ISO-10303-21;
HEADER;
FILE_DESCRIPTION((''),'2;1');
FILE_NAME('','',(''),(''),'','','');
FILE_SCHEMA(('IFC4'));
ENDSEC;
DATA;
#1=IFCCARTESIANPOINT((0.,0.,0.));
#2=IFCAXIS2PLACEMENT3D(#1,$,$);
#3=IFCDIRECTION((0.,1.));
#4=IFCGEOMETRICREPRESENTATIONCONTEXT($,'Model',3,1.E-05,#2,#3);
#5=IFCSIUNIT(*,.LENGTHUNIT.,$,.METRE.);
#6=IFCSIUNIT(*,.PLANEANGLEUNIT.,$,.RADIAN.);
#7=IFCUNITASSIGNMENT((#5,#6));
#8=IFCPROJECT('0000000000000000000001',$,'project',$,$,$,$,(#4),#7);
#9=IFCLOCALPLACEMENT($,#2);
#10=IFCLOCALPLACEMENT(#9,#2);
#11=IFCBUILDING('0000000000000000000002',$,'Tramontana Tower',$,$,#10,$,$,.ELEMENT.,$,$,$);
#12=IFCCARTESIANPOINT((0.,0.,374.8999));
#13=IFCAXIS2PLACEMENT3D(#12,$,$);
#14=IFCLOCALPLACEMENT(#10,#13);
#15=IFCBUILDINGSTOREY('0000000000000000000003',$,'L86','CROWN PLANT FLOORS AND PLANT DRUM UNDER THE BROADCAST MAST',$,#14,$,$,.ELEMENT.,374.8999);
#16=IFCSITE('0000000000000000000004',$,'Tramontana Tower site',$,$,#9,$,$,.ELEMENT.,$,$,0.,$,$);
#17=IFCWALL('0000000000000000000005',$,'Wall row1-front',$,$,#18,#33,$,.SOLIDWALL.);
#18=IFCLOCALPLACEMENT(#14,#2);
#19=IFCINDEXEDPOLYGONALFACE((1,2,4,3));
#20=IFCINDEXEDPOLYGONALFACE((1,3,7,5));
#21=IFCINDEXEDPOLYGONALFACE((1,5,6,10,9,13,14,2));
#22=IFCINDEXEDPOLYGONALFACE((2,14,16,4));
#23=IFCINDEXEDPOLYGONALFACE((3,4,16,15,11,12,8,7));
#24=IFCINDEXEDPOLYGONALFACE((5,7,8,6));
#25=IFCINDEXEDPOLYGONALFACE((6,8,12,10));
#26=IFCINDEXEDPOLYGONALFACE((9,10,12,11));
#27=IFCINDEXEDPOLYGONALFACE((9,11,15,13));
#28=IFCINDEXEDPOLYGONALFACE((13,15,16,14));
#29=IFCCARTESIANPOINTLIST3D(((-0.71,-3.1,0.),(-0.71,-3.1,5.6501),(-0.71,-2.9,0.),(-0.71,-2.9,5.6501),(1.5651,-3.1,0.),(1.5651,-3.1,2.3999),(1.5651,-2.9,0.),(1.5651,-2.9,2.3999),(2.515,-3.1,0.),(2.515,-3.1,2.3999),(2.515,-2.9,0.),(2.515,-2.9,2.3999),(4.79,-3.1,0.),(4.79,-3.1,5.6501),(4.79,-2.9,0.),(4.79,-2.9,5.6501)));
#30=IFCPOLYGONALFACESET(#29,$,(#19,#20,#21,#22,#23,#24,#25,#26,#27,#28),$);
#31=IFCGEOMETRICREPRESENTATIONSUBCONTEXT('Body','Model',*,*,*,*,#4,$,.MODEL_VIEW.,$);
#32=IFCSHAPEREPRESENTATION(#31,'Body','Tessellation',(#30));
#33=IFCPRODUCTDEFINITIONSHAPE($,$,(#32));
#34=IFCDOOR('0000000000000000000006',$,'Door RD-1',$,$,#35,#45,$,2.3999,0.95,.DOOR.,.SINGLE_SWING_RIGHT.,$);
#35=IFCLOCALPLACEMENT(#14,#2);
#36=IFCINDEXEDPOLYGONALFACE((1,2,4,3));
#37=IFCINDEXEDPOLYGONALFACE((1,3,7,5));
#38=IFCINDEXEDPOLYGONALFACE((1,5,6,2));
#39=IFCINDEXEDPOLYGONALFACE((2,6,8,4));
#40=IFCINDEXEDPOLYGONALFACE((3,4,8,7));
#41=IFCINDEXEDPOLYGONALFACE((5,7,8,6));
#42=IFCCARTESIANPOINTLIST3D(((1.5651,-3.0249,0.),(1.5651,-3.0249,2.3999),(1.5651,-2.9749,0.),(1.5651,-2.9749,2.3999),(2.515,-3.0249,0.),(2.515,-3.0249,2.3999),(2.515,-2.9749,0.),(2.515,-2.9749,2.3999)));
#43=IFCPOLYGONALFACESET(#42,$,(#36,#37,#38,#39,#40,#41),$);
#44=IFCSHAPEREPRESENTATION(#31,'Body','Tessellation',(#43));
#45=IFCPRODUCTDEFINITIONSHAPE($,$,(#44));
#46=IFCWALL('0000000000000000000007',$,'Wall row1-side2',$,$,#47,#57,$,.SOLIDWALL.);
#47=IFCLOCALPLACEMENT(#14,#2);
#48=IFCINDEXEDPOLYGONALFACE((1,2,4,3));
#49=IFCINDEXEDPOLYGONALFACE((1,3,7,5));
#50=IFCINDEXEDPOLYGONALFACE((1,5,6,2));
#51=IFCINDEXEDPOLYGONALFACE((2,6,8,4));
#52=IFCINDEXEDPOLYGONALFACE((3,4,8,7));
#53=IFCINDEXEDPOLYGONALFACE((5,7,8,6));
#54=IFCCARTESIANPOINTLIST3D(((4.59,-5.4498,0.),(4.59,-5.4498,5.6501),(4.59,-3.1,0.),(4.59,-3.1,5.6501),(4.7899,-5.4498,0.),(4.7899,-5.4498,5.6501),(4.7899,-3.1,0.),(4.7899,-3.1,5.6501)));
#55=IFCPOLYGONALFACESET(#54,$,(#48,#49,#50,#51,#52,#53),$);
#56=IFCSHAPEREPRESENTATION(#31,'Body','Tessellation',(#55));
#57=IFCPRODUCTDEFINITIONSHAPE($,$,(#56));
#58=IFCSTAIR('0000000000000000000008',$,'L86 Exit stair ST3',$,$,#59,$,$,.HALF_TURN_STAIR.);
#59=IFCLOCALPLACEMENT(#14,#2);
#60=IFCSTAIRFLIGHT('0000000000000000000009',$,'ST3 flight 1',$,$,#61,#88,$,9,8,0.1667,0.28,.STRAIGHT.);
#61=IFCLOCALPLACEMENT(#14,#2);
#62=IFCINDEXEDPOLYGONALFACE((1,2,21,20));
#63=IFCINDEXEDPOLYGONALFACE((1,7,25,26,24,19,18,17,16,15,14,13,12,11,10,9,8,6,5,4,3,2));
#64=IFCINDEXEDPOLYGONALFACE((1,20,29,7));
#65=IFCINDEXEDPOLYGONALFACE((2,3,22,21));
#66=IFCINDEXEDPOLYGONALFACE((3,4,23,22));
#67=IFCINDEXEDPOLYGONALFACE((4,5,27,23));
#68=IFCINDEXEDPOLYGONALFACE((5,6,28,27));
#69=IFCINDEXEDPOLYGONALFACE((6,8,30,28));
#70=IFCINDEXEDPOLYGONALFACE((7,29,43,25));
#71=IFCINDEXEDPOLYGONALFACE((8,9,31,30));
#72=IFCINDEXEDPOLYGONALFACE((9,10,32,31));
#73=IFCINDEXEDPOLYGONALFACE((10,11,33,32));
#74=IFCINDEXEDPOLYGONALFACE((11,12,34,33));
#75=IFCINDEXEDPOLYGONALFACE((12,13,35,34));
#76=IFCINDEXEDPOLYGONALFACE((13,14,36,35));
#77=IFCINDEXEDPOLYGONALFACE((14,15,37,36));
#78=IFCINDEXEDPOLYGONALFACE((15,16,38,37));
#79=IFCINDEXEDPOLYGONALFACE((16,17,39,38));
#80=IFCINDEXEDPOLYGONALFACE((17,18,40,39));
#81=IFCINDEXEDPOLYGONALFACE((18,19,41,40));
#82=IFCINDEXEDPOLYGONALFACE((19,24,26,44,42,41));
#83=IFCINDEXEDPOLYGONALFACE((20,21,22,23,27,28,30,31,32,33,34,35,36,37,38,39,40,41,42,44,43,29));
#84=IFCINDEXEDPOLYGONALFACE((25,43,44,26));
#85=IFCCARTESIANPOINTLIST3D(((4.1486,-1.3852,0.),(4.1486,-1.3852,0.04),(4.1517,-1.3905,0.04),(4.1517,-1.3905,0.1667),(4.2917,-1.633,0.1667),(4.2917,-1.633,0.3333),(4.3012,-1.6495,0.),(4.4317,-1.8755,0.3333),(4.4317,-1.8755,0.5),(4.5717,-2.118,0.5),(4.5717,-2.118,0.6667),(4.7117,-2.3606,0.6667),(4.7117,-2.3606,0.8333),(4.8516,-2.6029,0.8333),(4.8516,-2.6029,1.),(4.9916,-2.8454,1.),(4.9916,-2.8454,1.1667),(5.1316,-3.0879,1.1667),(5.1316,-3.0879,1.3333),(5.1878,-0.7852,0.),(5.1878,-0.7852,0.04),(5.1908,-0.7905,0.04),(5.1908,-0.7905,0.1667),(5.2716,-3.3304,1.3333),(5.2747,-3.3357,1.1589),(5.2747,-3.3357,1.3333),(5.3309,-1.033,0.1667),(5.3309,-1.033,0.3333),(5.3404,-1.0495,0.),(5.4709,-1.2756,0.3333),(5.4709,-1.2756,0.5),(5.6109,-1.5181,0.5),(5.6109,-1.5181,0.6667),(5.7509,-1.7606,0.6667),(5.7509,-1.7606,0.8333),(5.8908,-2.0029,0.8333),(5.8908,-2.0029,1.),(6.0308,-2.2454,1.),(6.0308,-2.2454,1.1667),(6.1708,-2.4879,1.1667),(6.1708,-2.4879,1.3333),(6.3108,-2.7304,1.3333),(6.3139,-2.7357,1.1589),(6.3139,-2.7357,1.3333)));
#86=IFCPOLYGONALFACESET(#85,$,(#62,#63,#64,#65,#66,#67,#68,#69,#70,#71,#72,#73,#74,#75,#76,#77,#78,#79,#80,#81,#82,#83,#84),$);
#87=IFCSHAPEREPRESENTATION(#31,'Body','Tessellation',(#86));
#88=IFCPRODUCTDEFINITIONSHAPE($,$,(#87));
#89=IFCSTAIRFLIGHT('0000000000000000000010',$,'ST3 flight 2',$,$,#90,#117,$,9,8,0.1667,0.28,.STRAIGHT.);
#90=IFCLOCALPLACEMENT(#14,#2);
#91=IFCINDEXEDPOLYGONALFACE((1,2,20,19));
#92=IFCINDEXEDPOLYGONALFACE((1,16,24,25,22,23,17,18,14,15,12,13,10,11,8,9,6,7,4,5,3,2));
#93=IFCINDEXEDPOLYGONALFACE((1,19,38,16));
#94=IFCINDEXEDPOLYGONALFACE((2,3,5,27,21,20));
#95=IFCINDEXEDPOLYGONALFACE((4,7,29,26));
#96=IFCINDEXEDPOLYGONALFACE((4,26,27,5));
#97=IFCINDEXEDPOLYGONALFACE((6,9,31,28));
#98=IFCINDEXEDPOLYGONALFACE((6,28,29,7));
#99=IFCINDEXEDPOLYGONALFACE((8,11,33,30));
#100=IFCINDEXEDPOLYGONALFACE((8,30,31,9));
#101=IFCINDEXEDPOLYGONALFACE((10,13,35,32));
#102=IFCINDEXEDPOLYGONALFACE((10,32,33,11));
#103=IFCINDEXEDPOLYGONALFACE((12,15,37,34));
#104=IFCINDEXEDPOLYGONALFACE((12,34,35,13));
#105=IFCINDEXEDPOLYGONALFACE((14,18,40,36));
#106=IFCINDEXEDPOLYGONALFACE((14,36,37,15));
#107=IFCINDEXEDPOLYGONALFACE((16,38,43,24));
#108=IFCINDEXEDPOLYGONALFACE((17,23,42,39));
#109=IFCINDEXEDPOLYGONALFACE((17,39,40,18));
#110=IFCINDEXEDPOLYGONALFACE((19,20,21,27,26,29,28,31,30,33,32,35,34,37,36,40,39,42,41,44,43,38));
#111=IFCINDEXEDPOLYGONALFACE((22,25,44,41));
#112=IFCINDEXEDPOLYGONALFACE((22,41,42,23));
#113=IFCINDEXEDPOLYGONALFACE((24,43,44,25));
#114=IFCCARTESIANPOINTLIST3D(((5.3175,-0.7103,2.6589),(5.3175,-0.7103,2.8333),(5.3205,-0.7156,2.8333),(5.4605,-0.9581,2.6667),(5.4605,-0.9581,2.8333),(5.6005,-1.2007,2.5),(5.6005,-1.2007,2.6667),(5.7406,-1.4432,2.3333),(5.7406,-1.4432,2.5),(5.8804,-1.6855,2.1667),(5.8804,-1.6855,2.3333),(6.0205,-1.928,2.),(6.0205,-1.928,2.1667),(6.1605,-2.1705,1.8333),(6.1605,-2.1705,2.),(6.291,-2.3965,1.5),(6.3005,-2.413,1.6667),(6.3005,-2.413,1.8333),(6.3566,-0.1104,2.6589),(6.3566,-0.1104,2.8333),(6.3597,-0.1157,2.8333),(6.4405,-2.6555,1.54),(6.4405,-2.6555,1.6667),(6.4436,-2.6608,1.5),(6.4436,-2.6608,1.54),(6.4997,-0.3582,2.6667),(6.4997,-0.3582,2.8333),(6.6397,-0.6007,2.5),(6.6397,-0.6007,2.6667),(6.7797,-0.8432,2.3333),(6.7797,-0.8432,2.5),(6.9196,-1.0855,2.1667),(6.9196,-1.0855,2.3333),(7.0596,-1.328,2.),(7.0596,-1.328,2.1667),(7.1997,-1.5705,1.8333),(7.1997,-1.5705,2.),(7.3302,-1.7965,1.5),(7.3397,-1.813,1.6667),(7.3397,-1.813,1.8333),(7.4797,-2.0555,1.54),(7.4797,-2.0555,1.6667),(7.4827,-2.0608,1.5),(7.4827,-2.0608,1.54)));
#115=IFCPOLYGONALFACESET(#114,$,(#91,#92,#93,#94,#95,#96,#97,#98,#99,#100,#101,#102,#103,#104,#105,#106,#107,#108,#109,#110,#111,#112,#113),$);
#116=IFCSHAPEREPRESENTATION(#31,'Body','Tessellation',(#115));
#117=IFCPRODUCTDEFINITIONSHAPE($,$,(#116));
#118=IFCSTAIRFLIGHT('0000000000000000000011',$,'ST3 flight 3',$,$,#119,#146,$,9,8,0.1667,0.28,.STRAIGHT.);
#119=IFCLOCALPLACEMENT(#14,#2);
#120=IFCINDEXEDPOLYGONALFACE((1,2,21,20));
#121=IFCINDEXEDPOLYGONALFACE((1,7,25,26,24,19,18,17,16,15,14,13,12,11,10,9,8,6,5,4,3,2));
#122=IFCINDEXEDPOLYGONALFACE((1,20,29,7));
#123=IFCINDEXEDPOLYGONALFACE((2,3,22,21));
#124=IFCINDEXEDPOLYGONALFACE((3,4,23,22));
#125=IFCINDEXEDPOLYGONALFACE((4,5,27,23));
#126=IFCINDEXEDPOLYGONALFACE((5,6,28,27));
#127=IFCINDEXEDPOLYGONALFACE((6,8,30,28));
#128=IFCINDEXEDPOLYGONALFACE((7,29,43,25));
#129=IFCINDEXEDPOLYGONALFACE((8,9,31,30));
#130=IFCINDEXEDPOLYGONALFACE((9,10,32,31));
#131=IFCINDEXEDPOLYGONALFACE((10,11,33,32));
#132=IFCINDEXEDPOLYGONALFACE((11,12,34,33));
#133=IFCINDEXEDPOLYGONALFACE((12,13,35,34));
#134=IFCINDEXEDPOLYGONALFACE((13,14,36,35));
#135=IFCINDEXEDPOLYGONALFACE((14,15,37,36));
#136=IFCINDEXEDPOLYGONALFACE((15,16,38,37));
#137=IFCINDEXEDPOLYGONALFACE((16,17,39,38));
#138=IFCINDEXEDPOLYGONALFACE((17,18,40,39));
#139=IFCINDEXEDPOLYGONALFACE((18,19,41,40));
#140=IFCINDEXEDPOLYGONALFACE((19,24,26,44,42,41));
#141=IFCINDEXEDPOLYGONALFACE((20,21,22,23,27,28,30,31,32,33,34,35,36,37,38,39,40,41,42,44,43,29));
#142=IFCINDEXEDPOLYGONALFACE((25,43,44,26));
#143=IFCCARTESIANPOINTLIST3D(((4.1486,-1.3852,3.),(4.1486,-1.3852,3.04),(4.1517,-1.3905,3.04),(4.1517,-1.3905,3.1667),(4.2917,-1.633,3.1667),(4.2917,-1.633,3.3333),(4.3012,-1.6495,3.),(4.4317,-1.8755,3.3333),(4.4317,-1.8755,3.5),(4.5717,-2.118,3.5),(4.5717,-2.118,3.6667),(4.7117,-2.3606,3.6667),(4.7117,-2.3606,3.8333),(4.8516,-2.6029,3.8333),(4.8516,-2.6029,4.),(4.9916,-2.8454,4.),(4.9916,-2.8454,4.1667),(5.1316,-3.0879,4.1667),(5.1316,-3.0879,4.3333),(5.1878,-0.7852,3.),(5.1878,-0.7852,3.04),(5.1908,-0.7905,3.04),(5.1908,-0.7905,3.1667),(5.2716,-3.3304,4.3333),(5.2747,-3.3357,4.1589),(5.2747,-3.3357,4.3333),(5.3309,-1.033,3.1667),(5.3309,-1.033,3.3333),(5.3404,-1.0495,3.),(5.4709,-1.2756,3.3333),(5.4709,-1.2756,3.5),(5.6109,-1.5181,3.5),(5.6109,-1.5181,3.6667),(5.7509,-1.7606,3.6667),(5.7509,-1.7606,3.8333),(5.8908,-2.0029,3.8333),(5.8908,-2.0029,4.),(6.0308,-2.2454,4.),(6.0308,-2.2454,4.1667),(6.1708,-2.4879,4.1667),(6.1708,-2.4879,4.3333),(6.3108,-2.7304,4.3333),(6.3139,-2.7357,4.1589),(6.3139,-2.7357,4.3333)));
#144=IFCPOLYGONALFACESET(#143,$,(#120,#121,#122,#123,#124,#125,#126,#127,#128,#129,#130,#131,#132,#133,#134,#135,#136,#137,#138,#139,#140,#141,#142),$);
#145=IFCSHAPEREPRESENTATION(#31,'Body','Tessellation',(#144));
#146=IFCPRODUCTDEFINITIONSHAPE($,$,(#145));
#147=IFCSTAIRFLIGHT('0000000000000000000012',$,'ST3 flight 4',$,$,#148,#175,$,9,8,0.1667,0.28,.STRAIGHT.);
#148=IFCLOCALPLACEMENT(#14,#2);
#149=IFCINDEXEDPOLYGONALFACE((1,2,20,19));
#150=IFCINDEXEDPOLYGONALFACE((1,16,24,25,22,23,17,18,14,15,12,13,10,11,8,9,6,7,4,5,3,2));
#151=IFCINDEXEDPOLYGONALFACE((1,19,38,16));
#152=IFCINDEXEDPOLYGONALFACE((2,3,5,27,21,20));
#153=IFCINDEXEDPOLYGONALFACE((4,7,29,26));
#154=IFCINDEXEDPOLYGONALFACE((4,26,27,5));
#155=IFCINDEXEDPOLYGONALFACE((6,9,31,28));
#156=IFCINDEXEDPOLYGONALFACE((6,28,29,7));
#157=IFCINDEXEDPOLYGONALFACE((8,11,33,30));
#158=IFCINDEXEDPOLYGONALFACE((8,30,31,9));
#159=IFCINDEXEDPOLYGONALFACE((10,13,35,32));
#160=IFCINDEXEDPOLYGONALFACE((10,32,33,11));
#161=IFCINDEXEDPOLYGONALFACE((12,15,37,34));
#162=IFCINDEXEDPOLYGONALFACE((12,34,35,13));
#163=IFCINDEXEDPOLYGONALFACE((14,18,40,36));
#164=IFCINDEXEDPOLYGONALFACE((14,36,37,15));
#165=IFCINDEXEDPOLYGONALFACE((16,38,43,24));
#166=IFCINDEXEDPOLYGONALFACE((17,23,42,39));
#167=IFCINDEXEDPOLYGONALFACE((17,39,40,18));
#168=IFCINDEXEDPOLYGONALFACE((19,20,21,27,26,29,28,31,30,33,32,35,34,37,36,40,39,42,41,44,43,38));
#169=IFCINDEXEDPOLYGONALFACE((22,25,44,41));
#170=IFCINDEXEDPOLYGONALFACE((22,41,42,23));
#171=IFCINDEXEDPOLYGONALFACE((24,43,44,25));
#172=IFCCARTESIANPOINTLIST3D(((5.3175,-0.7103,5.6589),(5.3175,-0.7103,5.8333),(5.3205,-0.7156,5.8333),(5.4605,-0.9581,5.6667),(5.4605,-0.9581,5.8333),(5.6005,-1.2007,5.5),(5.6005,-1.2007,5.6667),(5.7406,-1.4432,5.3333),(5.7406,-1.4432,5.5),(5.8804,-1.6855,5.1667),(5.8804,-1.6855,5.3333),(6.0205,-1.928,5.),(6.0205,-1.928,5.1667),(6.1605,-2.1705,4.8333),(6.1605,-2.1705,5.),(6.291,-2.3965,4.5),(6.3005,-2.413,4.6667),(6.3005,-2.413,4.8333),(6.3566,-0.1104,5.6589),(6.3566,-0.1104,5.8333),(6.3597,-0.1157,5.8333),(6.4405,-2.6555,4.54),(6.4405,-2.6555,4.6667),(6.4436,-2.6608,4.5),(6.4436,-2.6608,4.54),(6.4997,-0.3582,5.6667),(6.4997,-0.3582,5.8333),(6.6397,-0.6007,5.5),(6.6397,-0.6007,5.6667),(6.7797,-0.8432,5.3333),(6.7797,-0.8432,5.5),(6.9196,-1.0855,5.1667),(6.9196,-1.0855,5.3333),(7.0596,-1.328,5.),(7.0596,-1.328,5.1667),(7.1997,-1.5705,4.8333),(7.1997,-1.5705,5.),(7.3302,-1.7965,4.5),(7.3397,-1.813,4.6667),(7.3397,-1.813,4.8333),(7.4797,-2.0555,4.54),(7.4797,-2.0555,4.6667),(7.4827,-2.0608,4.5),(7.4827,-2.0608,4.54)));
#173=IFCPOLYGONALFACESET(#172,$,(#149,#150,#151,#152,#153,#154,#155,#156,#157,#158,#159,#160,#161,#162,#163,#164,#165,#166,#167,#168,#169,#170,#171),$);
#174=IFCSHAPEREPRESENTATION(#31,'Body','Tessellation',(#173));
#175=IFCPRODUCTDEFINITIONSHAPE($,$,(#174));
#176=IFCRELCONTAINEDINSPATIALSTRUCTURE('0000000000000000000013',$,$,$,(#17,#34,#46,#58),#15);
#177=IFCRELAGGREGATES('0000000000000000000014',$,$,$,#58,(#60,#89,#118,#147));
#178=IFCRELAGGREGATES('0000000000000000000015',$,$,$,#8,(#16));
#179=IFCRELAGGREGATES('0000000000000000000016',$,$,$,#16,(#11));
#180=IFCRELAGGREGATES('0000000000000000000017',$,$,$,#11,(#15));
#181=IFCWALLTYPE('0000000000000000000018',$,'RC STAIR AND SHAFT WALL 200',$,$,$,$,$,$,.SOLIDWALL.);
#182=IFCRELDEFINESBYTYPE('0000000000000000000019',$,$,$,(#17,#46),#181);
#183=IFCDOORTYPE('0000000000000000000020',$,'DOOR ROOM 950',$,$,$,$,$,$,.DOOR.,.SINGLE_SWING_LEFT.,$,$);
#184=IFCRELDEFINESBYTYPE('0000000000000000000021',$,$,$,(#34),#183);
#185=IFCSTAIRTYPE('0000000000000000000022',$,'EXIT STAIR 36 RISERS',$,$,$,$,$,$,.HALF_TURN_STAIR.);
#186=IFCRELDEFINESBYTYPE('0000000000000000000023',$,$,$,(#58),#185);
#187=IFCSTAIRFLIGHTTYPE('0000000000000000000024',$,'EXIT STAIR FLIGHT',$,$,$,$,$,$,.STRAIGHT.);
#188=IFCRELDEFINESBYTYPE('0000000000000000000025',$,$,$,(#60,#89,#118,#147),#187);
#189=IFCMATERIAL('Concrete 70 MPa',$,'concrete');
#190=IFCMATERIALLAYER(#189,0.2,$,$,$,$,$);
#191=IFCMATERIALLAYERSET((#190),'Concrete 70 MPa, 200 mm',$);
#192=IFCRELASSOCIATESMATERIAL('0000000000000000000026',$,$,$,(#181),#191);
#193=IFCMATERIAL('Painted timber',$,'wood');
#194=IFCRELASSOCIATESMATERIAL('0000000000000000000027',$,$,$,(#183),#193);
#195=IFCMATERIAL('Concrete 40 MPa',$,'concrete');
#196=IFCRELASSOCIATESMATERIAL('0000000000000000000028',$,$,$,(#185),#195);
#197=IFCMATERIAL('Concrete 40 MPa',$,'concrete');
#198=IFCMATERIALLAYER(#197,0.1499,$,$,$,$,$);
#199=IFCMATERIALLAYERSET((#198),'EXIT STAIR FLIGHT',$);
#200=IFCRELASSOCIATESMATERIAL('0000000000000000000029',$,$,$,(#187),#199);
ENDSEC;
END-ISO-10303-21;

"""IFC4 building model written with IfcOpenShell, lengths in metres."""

from ifc_helpers import new_model, si_unit, direction, frame, frame_2d, origin, place, context, subcontext, project, spatial, polyline, rectangle, outline, extrude, material, layer, layer_set, type_object, element, fill, aggregate, save


model = new_model("IFC4")

# Units and contexts
model_context = context("Model", 3, precision=1e-05, world=origin(), true_north=direction((0.0, 1.0)))
body_context = subcontext(model_context, "Body", "Model", "MODEL_VIEW")
ifc_project = project(units=[si_unit("LENGTHUNIT", "METRE"), si_unit("PLANEANGLEUNIT", "RADIAN")], contexts=[model_context])

# Site, building, storey
site_placement = place(None, origin())
site = spatial("IfcSite", under=ifc_project, at=site_placement, Name="Tramontana Tower site", CompositionType="ELEMENT", RefElevation=0.0)
building_placement = place(site_placement, origin())
building = spatial("IfcBuilding", under=site, at=building_placement, Name="Tramontana Tower", CompositionType="ELEMENT")
storey_placement = place(building_placement, frame((0.0, 0.0, 374.8999)))
storey = spatial("IfcBuildingStorey", under=building, at=storey_placement, Name="L86", Description="CROWN PLANT FLOORS AND PLANT DRUM UNDER THE BROADCAST MAST", CompositionType="ELEMENT", Elevation=374.8999)

# Shared definitions
ifc_material_1 = material(Name="Concrete 70 MPa", Category="concrete")
ifc_layer_1 = layer(ifc_material_1, 0.2)
ifc_layer_set_1 = layer_set([ifc_layer_1], Name="Concrete 70 MPa, 200 mm")
wall_type_1 = type_object("IfcWallType", Name="RC STAIR AND SHAFT WALL 200", PredefinedType="SOLIDWALL", material=ifc_layer_set_1)

# Wall, opening, door
wall_1_placement = place(storey_placement, frame((4.79, -3.0, 0.0), z_axis=(0.0, 0.0, 1.0), x_axis=(-1.0, 0.0, 0.0)))
wall_1 = element("IfcWall", 1, at=wall_1_placement, inside=storey, type_object=wall_type_1, Name="Wall row1-front", PredefinedType="SOLIDWALL", context=body_context, shape_type="SweptSolid", body=[
    extrude(rectangle(XDim=5.5, YDim=0.2, at=frame_2d((2.75, 0.0))), origin(), (0.0, 0.0, 1.0), 5.6501),
])
opening_1_placement = place(wall_1_placement, frame((2.2749, 0.0, 0.0)))
opening_1 = element("IfcOpeningElement", 2, at=opening_1_placement, cuts=wall_1, PredefinedType="OPENING", context=body_context, shape_type="SweptSolid", body=[
    extrude(rectangle(XDim=0.95, YDim=2.3999, at=frame_2d((0.4751, 1.2))), frame((0.0, 0.1099, 0.0), z_axis=(0.0, -1.0, 0.0), x_axis=(1.0, 0.0, 0.0)), (0.0, 0.0, 1.0), 0.22),
])
ifc_material_2 = material(Name="Painted timber", Category="wood")
door_type_1 = type_object("IfcDoorType", Name="DOOR ROOM 950", OperationType="SINGLE_SWING_LEFT", PredefinedType="DOOR", material=ifc_material_2)
door_1_placement = place(opening_1_placement, origin())
door_1 = element("IfcDoor", 3, at=door_1_placement, inside=storey, type_object=door_type_1, Name="Door RD-1", OperationType="SINGLE_SWING_RIGHT", OverallHeight=2.3999, OverallWidth=0.95, PredefinedType="DOOR", context=body_context, shape_type="SweptSolid", body=[
    extrude(rectangle(XDim=0.95, YDim=2.3999, at=frame_2d((0.4751, 1.2))), frame((0.0, 0.0249, 0.0), z_axis=(0.0, -1.0, 0.0), x_axis=(1.0, 0.0, 0.0)), (0.0, 0.0, 1.0), 0.05),
])
fill(opening_1, door_1)

# Wall
wall_2_placement = place(storey_placement, frame((4.6899, -3.1001, 0.0), z_axis=(0.0, 0.0, 1.0), x_axis=(0.0, -1.0, 0.0)))
element("IfcWall", 4, at=wall_2_placement, inside=storey, type_object=wall_type_1, Name="Wall row1-side2", PredefinedType="SOLIDWALL", context=body_context, shape_type="SweptSolid", body=[
    extrude(rectangle(XDim=2.3499, YDim=0.2, at=frame_2d((1.1748, 0.0))), origin(), (0.0, 0.0, 1.0), 5.6501),
])

# Stair, stair flights
ifc_material_3 = material(Name="Concrete 40 MPa", Category="concrete")
stair_type = type_object("IfcStairType", Name="EXIT STAIR 36 RISERS", PredefinedType="HALF_TURN_STAIR", material=ifc_material_3)
stair_placement = place(storey_placement, origin())
stair = element("IfcStair", 5, at=stair_placement, inside=storey, type_object=stair_type, Name="L86 Exit stair ST3", PredefinedType="HALF_TURN_STAIR")
ifc_material_4 = material(Name="Concrete 40 MPa", Category="concrete")
ifc_layer_2 = layer(ifc_material_4, 0.1499)
ifc_layer_set_2 = layer_set([ifc_layer_2], Name="EXIT STAIR FLIGHT")
stair_flight_type = type_object("IfcStairFlightType", Name="EXIT STAIR FLIGHT", PredefinedType="STRAIGHT", material=ifc_layer_set_2)
stair_flight_1_placement = place(storey_placement, frame((4.6711, -1.0906, 0.0), z_axis=(0.0, 0.0, 1.0), x_axis=(0.5, -0.866025, 0.0)))
stair_flight_1 = element("IfcStairFlight", 6, at=stair_flight_1_placement, type_object=stair_flight_type, Name="ST3 flight 1", NumberOfRisers=9, NumberOfTreads=8, PredefinedType="STRAIGHT", RiserHeight=0.1667, TreadLength=0.28, context=body_context, shape_type="SweptSolid", body=[
    extrude(outline(polyline([(-0.0061, 0.0), (-0.0061, 0.04), (0.0, 0.04), (0.0, 0.1667), (0.28, 0.1667), (0.28, 0.3333), (0.5601, 0.3333), (0.5601, 0.5), (0.8401, 0.5), (0.8401, 0.6667), (1.1201, 0.6667), (1.1201, 0.8333), (1.3999, 0.8333), (1.3999, 1.0), (1.6799, 1.0), (1.6799, 1.1667), (1.96, 1.1667), (1.96, 1.3333), (2.24, 1.3333), (2.2461, 1.3333), (2.2461, 1.1589), (0.2991, 0.0), (-0.0061, 0.0)])), frame((0.0, 0.6001, 0.0), z_axis=(0.0, -1.0, 0.0), x_axis=(1.0, 0.0, 0.0)), (0.0, 0.0, 1.0), 1.2),
])
stair_flight_2_placement = place(storey_placement, frame((6.9602, -2.3555, 1.5), z_axis=(0.0, 0.0, 1.0), x_axis=(-0.5, 0.866025, 0.0)))
stair_flight_2 = element("IfcStairFlight", 7, at=stair_flight_2_placement, type_object=stair_flight_type, Name="ST3 flight 2", NumberOfRisers=9, NumberOfTreads=8, PredefinedType="STRAIGHT", RiserHeight=0.1667, TreadLength=0.28, context=body_context, shape_type="SweptSolid", body=[
    extrude(outline(polyline([(-0.0061, 0.0), (-0.0061, 0.04), (0.0, 0.04), (0.0, 0.1667), (0.28, 0.1667), (0.28, 0.3333), (0.5601, 0.3333), (0.5601, 0.5), (0.8401, 0.5), (0.8401, 0.6667), (1.1201, 0.6667), (1.1201, 0.8333), (1.3999, 0.8333), (1.3999, 1.0), (1.6799, 1.0), (1.6799, 1.1667), (1.96, 1.1667), (1.96, 1.3333), (2.24, 1.3333), (2.2461, 1.3333), (2.2461, 1.1589), (0.2991, 0.0), (-0.0061, 0.0)])), frame((0.0, 0.6001, 0.0), z_axis=(0.0, -1.0, 0.0), x_axis=(1.0, 0.0, 0.0)), (0.0, 0.0, 1.0), 1.2),
])
stair_flight_3_placement = place(storey_placement, frame((4.6711, -1.0906, 3.0), z_axis=(0.0, 0.0, 1.0), x_axis=(0.5, -0.866025, 0.0)))
stair_flight_3 = element("IfcStairFlight", 8, at=stair_flight_3_placement, type_object=stair_flight_type, Name="ST3 flight 3", NumberOfRisers=9, NumberOfTreads=8, PredefinedType="STRAIGHT", RiserHeight=0.1667, TreadLength=0.28, context=body_context, shape_type="SweptSolid", body=[
    extrude(outline(polyline([(-0.0061, 0.0), (-0.0061, 0.04), (0.0, 0.04), (0.0, 0.1667), (0.28, 0.1667), (0.28, 0.3333), (0.5601, 0.3333), (0.5601, 0.5), (0.8401, 0.5), (0.8401, 0.6667), (1.1201, 0.6667), (1.1201, 0.8333), (1.3999, 0.8333), (1.3999, 1.0), (1.6799, 1.0), (1.6799, 1.1667), (1.96, 1.1667), (1.96, 1.3333), (2.24, 1.3333), (2.2461, 1.3333), (2.2461, 1.1589), (0.2991, 0.0), (-0.0061, 0.0)])), frame((0.0, 0.6001, 0.0), z_axis=(0.0, -1.0, 0.0), x_axis=(1.0, 0.0, 0.0)), (0.0, 0.0, 1.0), 1.2),
])
stair_flight_4_placement = place(storey_placement, frame((6.9602, -2.3555, 4.5), z_axis=(0.0, 0.0, 1.0), x_axis=(-0.5, 0.866025, 0.0)))
stair_flight_4 = element("IfcStairFlight", 9, at=stair_flight_4_placement, type_object=stair_flight_type, Name="ST3 flight 4", NumberOfRisers=9, NumberOfTreads=8, PredefinedType="STRAIGHT", RiserHeight=0.1667, TreadLength=0.28, context=body_context, shape_type="SweptSolid", body=[
    extrude(outline(polyline([(-0.0061, 0.0), (-0.0061, 0.04), (0.0, 0.04), (0.0, 0.1667), (0.28, 0.1667), (0.28, 0.3333), (0.5601, 0.3333), (0.5601, 0.5), (0.8401, 0.5), (0.8401, 0.6667), (1.1201, 0.6667), (1.1201, 0.8333), (1.3999, 0.8333), (1.3999, 1.0), (1.6799, 1.0), (1.6799, 1.1667), (1.96, 1.1667), (1.96, 1.3333), (2.24, 1.3333), (2.2461, 1.3333), (2.2461, 1.1589), (0.2991, 0.0), (-0.0061, 0.0)])), frame((0.0, 0.6001, 0.0), z_axis=(0.0, -1.0, 0.0), x_axis=(1.0, 0.0, 0.0)), (0.0, 0.0, 1.0), 1.2),
])
aggregate(stair, [stair_flight_1, stair_flight_2, stair_flight_3, stair_flight_4])

save(model, "model.ifc")
